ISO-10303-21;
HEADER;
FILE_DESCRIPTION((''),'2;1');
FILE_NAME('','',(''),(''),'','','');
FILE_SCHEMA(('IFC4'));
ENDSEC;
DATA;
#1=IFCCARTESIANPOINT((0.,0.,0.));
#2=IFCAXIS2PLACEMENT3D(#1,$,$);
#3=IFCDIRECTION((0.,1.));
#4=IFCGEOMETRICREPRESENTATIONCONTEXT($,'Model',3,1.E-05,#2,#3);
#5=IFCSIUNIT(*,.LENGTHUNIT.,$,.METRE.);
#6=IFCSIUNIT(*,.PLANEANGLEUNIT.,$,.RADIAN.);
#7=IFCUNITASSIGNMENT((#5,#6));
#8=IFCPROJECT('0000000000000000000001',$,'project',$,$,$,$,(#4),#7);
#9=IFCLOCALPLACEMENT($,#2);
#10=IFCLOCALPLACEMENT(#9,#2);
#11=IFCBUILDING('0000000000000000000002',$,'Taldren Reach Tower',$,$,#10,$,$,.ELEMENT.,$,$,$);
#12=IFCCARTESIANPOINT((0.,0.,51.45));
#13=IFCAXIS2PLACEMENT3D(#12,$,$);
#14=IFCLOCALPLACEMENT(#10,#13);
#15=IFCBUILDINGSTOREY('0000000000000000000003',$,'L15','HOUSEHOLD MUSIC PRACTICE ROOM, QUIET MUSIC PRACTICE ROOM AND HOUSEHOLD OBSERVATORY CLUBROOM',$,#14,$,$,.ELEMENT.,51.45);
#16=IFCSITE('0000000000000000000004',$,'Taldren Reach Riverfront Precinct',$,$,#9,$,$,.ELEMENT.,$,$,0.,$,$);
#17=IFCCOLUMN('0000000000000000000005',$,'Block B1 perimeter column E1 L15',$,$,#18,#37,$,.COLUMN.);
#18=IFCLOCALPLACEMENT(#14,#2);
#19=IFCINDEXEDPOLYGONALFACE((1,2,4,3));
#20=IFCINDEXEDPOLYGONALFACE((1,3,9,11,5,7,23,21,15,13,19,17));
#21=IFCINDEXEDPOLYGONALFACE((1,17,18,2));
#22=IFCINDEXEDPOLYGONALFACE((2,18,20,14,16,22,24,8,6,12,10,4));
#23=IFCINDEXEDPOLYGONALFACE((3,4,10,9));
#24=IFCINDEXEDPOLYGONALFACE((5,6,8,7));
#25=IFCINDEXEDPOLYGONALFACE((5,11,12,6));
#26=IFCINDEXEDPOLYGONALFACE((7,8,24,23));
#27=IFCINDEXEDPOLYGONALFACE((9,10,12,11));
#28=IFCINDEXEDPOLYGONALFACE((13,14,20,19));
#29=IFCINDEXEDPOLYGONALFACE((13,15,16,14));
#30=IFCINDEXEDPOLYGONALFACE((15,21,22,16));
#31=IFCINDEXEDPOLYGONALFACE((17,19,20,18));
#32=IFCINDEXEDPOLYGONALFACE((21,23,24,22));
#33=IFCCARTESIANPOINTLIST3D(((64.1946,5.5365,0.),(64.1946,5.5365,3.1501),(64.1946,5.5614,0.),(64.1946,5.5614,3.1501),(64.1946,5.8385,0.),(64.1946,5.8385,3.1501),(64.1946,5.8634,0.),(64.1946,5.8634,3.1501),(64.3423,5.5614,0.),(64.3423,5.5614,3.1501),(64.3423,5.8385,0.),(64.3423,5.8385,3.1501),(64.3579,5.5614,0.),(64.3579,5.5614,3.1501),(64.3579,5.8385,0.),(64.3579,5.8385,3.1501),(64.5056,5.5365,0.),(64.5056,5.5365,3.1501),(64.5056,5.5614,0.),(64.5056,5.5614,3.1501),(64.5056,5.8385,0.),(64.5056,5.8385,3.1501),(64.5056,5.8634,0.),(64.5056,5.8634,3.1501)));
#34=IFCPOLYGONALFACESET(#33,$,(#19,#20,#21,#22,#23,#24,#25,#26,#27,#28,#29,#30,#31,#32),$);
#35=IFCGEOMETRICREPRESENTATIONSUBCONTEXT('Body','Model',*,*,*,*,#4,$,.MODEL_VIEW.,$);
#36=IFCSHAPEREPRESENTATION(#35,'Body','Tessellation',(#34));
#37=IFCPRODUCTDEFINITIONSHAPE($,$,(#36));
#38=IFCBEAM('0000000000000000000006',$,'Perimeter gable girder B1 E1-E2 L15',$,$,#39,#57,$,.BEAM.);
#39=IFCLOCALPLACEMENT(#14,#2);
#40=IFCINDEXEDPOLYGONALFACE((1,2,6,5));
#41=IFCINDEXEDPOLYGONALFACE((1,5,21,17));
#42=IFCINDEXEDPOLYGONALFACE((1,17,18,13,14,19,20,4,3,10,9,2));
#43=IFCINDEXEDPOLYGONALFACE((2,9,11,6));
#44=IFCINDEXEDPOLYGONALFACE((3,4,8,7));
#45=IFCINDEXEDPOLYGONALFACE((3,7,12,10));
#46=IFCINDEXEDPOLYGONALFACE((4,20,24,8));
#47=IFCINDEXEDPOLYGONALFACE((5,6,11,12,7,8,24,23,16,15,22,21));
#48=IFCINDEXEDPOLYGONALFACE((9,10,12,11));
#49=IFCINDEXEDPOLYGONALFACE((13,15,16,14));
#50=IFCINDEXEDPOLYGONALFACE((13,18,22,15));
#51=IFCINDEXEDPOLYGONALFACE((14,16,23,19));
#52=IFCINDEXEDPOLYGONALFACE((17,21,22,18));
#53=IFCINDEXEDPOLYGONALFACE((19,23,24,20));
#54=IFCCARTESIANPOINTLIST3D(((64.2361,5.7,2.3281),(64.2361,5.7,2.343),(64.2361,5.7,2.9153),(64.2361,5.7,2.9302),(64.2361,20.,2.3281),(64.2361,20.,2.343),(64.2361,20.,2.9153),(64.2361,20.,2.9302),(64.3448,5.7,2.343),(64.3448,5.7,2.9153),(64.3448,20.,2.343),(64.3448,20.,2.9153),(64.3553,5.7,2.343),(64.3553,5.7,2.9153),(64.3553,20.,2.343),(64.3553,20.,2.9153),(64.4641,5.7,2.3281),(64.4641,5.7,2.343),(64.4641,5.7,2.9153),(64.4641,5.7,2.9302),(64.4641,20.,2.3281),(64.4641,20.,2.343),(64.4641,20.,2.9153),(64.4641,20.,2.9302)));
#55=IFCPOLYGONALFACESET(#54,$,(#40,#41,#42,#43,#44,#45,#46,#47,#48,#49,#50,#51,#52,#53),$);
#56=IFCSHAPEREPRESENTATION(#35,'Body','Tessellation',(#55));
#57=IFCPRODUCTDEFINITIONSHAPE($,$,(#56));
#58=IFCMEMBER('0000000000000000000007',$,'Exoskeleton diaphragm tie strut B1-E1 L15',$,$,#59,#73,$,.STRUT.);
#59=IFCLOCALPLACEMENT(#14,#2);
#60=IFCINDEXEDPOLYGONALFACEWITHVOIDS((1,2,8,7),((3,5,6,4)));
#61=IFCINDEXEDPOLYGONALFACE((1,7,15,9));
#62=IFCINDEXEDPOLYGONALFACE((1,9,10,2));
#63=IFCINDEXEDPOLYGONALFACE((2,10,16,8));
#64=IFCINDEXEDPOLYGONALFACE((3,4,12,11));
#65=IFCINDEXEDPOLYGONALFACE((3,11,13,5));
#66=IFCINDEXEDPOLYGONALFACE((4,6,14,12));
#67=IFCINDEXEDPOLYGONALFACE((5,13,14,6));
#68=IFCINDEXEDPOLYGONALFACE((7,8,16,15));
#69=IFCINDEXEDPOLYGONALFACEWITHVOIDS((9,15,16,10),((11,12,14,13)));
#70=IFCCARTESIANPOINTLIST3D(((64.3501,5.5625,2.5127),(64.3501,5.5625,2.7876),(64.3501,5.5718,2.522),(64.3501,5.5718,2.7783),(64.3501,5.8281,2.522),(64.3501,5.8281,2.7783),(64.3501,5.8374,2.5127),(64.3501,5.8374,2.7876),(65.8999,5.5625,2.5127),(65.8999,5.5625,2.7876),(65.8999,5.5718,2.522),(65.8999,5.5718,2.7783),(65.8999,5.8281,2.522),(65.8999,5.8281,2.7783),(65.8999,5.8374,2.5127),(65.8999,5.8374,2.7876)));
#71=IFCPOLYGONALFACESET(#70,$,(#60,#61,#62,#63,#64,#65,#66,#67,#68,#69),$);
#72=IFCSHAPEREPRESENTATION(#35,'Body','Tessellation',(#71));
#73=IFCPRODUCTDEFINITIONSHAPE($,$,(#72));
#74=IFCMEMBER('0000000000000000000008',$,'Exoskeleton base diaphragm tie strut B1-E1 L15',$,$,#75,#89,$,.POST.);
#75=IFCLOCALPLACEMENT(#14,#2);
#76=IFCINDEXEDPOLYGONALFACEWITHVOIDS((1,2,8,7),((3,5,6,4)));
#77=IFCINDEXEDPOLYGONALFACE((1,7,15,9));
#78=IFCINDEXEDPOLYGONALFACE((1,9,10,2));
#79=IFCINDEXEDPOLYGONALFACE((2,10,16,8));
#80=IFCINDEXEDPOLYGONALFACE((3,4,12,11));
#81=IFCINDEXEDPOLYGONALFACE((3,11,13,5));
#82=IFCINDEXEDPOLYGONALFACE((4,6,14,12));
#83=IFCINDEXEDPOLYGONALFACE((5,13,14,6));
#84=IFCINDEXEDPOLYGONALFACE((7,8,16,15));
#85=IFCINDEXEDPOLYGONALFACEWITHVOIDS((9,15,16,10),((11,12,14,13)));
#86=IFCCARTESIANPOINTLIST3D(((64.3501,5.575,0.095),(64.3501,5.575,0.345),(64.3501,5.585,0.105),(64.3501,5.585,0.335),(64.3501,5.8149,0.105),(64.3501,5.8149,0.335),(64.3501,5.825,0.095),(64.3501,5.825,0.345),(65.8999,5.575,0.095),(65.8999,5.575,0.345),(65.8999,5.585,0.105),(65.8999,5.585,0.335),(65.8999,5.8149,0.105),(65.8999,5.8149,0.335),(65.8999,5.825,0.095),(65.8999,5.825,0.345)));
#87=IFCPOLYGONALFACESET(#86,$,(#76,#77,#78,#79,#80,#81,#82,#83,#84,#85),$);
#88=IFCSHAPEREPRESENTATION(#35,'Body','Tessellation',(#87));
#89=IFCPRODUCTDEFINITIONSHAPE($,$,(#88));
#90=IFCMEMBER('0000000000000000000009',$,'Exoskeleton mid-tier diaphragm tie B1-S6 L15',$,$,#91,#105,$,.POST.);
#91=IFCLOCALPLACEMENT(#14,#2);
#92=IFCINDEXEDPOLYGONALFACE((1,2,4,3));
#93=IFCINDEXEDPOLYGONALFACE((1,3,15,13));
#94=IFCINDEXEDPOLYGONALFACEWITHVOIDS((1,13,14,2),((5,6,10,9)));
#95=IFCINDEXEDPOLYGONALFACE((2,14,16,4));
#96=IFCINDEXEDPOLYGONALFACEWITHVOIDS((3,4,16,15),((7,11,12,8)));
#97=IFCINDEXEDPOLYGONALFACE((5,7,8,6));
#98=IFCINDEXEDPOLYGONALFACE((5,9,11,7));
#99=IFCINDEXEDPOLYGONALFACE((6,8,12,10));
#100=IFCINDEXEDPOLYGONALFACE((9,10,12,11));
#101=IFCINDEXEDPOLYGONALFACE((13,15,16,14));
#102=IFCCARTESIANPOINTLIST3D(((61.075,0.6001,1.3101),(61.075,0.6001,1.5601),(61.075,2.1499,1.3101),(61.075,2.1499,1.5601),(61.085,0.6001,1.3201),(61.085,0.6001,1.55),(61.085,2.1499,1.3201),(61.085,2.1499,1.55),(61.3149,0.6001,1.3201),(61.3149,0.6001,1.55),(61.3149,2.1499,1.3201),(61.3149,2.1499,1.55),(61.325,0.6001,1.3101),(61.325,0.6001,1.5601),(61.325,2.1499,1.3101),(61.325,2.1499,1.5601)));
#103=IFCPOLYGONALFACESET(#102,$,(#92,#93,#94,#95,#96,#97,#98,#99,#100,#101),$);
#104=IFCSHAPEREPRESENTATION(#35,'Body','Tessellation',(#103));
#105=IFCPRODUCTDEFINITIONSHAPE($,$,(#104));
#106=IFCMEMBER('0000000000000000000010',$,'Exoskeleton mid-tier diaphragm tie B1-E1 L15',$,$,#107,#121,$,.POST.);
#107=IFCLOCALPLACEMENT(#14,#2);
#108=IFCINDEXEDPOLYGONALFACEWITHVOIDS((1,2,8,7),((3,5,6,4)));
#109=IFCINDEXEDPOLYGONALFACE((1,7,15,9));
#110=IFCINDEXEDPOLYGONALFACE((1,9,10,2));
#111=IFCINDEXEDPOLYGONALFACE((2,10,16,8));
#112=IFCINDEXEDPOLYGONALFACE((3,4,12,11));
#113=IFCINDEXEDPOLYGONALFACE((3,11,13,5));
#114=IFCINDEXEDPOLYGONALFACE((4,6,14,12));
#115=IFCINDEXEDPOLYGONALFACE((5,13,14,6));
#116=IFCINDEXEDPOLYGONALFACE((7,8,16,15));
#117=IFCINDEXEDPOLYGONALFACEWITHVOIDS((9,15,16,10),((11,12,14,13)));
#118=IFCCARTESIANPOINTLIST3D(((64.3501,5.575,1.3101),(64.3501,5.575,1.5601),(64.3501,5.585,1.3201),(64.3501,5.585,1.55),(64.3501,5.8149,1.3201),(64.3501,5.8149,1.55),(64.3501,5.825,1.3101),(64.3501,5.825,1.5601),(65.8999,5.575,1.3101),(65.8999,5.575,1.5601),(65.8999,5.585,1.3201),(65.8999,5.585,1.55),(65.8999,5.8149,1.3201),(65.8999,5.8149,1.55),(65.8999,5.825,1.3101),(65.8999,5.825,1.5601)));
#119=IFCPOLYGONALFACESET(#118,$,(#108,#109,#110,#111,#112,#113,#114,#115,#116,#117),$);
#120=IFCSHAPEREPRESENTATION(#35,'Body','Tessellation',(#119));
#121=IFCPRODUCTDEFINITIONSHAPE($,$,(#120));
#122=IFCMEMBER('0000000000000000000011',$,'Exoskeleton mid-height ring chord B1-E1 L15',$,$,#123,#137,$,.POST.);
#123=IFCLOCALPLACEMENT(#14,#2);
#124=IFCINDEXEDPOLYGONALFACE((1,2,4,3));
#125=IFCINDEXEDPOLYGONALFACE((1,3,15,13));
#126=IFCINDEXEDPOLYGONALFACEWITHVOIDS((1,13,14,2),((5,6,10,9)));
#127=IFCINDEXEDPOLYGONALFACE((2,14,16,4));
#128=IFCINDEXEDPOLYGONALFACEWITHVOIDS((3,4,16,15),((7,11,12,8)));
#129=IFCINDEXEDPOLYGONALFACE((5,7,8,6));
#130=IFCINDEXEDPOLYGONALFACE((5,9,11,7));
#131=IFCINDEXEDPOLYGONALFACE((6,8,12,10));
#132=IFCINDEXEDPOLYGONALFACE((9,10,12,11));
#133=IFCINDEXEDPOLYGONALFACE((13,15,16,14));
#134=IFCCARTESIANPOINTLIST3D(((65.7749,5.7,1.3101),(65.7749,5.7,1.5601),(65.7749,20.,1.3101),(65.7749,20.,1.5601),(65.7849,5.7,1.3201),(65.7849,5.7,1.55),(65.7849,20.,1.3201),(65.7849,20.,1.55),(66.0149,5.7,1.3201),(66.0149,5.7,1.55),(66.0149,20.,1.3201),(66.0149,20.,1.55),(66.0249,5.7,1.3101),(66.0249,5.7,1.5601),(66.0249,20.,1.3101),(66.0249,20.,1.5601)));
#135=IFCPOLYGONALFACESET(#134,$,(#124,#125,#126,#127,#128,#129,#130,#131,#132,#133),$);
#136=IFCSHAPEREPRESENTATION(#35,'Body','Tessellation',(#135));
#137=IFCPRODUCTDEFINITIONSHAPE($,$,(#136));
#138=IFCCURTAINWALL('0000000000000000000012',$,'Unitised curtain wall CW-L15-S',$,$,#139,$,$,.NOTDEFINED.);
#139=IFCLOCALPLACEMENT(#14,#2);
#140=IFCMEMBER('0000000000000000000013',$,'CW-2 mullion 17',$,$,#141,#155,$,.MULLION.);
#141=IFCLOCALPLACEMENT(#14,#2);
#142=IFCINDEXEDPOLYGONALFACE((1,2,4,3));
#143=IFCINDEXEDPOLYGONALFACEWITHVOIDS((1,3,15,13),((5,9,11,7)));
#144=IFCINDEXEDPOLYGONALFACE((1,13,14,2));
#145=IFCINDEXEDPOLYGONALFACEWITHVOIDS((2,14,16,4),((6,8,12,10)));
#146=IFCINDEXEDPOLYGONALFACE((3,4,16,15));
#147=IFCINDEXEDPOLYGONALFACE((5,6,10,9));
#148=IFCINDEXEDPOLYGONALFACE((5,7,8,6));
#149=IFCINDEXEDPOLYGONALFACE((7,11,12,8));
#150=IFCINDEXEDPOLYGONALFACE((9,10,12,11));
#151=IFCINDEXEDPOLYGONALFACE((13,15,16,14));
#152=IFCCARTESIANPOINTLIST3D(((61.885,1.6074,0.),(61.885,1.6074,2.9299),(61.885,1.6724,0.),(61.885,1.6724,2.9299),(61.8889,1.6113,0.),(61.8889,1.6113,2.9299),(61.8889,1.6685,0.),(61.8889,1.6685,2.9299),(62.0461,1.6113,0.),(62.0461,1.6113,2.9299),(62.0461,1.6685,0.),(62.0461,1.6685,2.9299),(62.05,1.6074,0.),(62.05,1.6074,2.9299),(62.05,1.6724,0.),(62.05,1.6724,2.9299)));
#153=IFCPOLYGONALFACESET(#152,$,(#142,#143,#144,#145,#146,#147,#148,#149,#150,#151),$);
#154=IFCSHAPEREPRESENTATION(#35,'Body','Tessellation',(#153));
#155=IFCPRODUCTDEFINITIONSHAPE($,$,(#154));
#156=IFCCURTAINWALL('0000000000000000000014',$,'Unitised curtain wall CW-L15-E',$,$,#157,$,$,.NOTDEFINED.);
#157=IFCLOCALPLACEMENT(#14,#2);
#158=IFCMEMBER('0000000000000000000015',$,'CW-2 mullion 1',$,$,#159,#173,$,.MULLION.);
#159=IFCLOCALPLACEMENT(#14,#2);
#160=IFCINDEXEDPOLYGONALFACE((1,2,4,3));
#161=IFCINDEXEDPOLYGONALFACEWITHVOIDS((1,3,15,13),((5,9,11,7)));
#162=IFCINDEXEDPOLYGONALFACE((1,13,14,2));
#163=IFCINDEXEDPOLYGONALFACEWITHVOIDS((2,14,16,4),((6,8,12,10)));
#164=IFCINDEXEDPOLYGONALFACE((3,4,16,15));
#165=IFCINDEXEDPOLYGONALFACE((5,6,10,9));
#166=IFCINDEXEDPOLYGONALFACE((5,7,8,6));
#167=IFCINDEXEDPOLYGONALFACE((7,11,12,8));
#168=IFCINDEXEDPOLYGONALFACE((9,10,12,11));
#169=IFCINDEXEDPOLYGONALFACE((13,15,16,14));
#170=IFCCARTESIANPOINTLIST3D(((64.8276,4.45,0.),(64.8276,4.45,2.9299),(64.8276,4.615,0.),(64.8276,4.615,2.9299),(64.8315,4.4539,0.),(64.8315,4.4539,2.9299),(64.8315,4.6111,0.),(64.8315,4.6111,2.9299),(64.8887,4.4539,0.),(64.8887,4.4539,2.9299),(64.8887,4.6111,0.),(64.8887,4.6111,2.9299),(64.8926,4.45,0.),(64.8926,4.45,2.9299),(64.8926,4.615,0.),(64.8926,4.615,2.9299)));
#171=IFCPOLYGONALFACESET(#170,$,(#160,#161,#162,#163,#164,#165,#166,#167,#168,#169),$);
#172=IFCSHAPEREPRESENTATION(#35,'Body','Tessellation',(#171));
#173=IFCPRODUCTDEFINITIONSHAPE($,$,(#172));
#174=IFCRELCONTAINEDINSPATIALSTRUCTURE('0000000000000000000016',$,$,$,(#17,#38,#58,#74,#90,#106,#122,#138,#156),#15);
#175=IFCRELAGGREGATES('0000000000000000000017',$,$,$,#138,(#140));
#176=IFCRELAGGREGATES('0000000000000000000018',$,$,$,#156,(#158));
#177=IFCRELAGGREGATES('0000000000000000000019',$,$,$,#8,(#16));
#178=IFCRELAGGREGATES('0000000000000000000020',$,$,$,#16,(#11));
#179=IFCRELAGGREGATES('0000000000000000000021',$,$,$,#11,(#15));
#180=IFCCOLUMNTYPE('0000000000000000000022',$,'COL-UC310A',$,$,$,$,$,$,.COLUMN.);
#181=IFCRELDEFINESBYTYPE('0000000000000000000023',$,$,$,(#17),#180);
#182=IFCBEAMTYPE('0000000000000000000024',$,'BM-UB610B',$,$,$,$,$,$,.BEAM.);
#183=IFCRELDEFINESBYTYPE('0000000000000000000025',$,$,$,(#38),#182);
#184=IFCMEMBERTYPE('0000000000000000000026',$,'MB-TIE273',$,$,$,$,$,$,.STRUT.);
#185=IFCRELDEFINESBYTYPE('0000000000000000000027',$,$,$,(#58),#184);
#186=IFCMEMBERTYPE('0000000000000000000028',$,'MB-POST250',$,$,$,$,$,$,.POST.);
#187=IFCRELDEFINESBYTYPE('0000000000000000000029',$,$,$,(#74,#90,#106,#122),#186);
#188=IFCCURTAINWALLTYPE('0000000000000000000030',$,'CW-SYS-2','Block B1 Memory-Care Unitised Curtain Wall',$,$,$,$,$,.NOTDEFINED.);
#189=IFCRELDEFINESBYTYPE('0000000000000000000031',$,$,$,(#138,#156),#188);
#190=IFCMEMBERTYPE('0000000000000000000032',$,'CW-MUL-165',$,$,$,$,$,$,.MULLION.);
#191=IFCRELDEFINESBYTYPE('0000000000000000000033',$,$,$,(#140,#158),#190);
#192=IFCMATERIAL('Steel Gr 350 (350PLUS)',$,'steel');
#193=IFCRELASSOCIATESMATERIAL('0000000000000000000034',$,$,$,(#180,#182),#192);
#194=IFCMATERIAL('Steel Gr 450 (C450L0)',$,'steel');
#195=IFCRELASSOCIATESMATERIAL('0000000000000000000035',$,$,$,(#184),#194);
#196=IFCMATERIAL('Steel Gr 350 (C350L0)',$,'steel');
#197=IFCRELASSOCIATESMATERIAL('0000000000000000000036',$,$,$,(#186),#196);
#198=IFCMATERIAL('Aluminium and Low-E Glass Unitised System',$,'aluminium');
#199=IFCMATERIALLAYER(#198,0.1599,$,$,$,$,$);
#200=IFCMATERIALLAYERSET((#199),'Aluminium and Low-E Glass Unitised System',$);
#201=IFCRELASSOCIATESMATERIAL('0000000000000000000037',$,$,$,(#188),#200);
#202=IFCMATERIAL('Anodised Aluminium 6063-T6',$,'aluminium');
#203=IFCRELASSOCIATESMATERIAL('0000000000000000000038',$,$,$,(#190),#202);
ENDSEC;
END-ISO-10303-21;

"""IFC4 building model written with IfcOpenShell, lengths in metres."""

from ifc_helpers import new_model, si_unit, direction, frame, origin, origin_2d, place, context, subcontext, project, spatial, hollow_rectangle, i_section, extrude, source, transform, mapped, material, layer, layer_set, material_profile, profile_set, type_object, element, aggregate, save


model = new_model("IFC4")

# Units and contexts
model_context = context("Model", 3, precision=1e-05, world=origin(), true_north=direction((0.0, 1.0)))
body_context = subcontext(model_context, "Body", "Model", "MODEL_VIEW")
ifc_project = project(units=[si_unit("LENGTHUNIT", "METRE"), si_unit("PLANEANGLEUNIT", "RADIAN")], contexts=[model_context])

# Site, building, storey
site_placement = place(None, origin())
site = spatial("IfcSite", under=ifc_project, at=site_placement, Name="Taldren Reach Riverfront Precinct", CompositionType="ELEMENT", RefElevation=0.0)
building_placement = place(site_placement, origin())
building = spatial("IfcBuilding", under=site, at=building_placement, Name="Taldren Reach Tower", CompositionType="ELEMENT")
storey_placement = place(building_placement, frame((0.0, 0.0, 51.45)))
storey = spatial("IfcBuildingStorey", under=building, at=storey_placement, Name="L15", Description="HOUSEHOLD MUSIC PRACTICE ROOM, QUIET MUSIC PRACTICE ROOM AND HOUSEHOLD OBSERVATORY CLUBROOM", CompositionType="ELEMENT", Elevation=51.45)

# Column
ifc_material_1 = material(Name="Steel Gr 350 (350PLUS)", Category="steel")
ifc_material_profile_1 = material_profile(ifc_material_1, i_section(OverallWidth=0.311, OverallDepth=0.3269, WebThickness=0.0156, FlangeThickness=0.0249, at=origin_2d()), Name="310UC158")
ifc_profile_set_1 = profile_set([ifc_material_profile_1], Name="Steel Gr 350 (350PLUS)")
column_type = type_object("IfcColumnType", Name="COL-UC310A", PredefinedType="COLUMN", material=ifc_profile_set_1)
shared_shape_1 = source(origin(), body_context, "Body", "SweptSolid", [
    extrude(i_section(OverallWidth=0.311, OverallDepth=0.3269, WebThickness=0.0156, FlangeThickness=0.0249, at=origin_2d()), origin(), (0.0, 0.0, 1.0), 3.1501),
])
column_placement = place(storey_placement, frame((64.3501, 5.7, 0.0), z_axis=(0.0, 0.0, 1.0), x_axis=(1.0, 0.0, 0.0)))
element("IfcColumn", 1, at=column_placement, inside=storey, type_object=column_type, Name="Block B1 perimeter column E1 L15", PredefinedType="COLUMN", context=body_context, shape_type="MappedRepresentation", body=[
    mapped(shared_shape_1, transform((0.0, 0.0, 0.0), scale=1.0)),
])

# Beam
ifc_material_profile_2 = material_profile(ifc_material_1, i_section(OverallWidth=0.228, OverallDepth=0.6021, WebThickness=0.0105, FlangeThickness=0.0149, at=origin_2d()), Name="610UB101")
ifc_profile_set_2 = profile_set([ifc_material_profile_2], Name="Steel Gr 350 (350PLUS)")
beam_type = type_object("IfcBeamType", Name="BM-UB610B", PredefinedType="BEAM", material=ifc_profile_set_2)
shared_shape_2 = source(origin(), body_context, "Body", "SweptSolid", [
    extrude(i_section(OverallWidth=0.228, OverallDepth=0.6021, WebThickness=0.0105, FlangeThickness=0.0149, at=origin_2d()), origin(), (0.0, 0.0, 1.0), 14.3),
])
beam_placement = place(storey_placement, frame((64.3501, 5.7, 2.6292), z_axis=(0.0, 1.0, 0.0), x_axis=(-1.0, 0.0, 0.0)))
element("IfcBeam", 2, at=beam_placement, inside=storey, type_object=beam_type, Name="Perimeter gable girder B1 E1-E2 L15", PredefinedType="BEAM", context=body_context, shape_type="MappedRepresentation", body=[
    mapped(shared_shape_2, transform((0.0, 0.0, 0.0), scale=1.0)),
])

# Members
ifc_material_2 = material(Name="Steel Gr 450 (C450L0)", Category="steel")
ifc_material_profile_3 = material_profile(ifc_material_2, hollow_rectangle(XDim=0.2749, YDim=0.2749, WallThickness=0.0093, at=origin_2d()), Name="275x275x9.3SHS")
ifc_profile_set_3 = profile_set([ifc_material_profile_3], Name="Steel Gr 450 (C450L0)")
member_type_1 = type_object("IfcMemberType", Name="MB-TIE273", PredefinedType="STRUT", material=ifc_profile_set_3)
shared_shape_3 = source(origin(), body_context, "Body", "SweptSolid", [
    extrude(hollow_rectangle(XDim=0.2749, YDim=0.2749, WallThickness=0.0093, at=origin_2d()), origin(), (0.0, 0.0, 1.0), 1.5498),
])
member_1_placement = place(storey_placement, frame((64.3501, 5.7, 2.6501), z_axis=(1.0, 0.0, 0.0), x_axis=(0.0, 1.0, 0.0)))
element("IfcMember", 3, at=member_1_placement, inside=storey, type_object=member_type_1, Name="Exoskeleton diaphragm tie strut B1-E1 L15", PredefinedType="STRUT", context=body_context, shape_type="MappedRepresentation", body=[
    mapped(shared_shape_3, transform((0.0, 0.0, 0.0), scale=1.0)),
])
ifc_material_3 = material(Name="Steel Gr 350 (C350L0)", Category="steel")
ifc_material_profile_4 = material_profile(ifc_material_3, hollow_rectangle(XDim=0.25, YDim=0.25, WallThickness=0.01, at=origin_2d()), Name="250x250x10.0SHS")
ifc_profile_set_4 = profile_set([ifc_material_profile_4], Name="Steel Gr 350 (C350L0)")
member_type_2 = type_object("IfcMemberType", Name="MB-POST250", PredefinedType="POST", material=ifc_profile_set_4)
shared_shape_4 = source(origin(), body_context, "Body", "SweptSolid", [
    extrude(hollow_rectangle(XDim=0.25, YDim=0.25, WallThickness=0.01, at=origin_2d()), origin(), (0.0, 0.0, 1.0), 1.5498),
])
for number, where, z_axis, x_axis, name in (
    (4, (64.3501, 5.7, 0.22), (1.0, 0.0, 0.0), (0.0, 1.0, 0.0), "Exoskeleton base diaphragm tie strut B1-E1 L15"),
    (5, (61.2, 2.1499, 1.4351), (0.0, -1.0, 0.0), (1.0, 0.0, 0.0), "Exoskeleton mid-tier diaphragm tie B1-S6 L15"),
    (6, (64.3501, 5.7, 1.4351), (1.0, 0.0, 0.0), (0.0, 1.0, 0.0), "Exoskeleton mid-tier diaphragm tie B1-E1 L15"),
):
    element("IfcMember", number, at=place(storey_placement, frame(where, z_axis=z_axis, x_axis=x_axis)), inside=storey, type_object=member_type_2, Name=name, PredefinedType="POST", context=body_context, shape_type="MappedRepresentation", body=[
        mapped(shared_shape_4, transform((0.0, 0.0, 0.0), scale=1.0)),
    ])
shared_shape_5 = source(origin(), body_context, "Body", "SweptSolid", [
    extrude(hollow_rectangle(XDim=0.25, YDim=0.25, WallThickness=0.01, at=origin_2d()), origin(), (0.0, 0.0, 1.0), 14.3),
])
member_2_placement = place(storey_placement, frame((65.8999, 5.7, 1.4351), z_axis=(0.0, 1.0, 0.0), x_axis=(-1.0, 0.0, 0.0)))
element("IfcMember", 7, at=member_2_placement, inside=storey, type_object=member_type_2, Name="Exoskeleton mid-height ring chord B1-E1 L15", PredefinedType="POST", context=body_context, shape_type="MappedRepresentation", body=[
    mapped(shared_shape_5, transform((0.0, 0.0, 0.0), scale=1.0)),
])

# Curtain wall, member
ifc_material_4 = material(Name="Aluminium and Low-E Glass Unitised System", Category="aluminium")
ifc_layer_1 = layer(ifc_material_4, 0.1599)
ifc_layer_set_1 = layer_set([ifc_layer_1], Name="Aluminium and Low-E Glass Unitised System")
curtain_wall_type = type_object("IfcCurtainWallType", Name="CW-SYS-2", Description="Block B1 Memory-Care Unitised Curtain Wall", PredefinedType="NOTDEFINED", material=ifc_layer_set_1)
curtain_wall_1_placement = place(storey_placement, origin())
curtain_wall_1 = element("IfcCurtainWall", 8, at=curtain_wall_1_placement, inside=storey, type_object=curtain_wall_type, Name="Unitised curtain wall CW-L15-S", PredefinedType="NOTDEFINED")
ifc_material_5 = material(Name="Anodised Aluminium 6063-T6", Category="aluminium")
ifc_material_profile_5 = material_profile(ifc_material_5, hollow_rectangle(XDim=0.0649, YDim=0.165, WallThickness=0.0039, at=origin_2d()), Name="ALU-165x65x4RHS")
ifc_profile_set_5 = profile_set([ifc_material_profile_5], Name="Anodised Aluminium 6063-T6")
member_type_3 = type_object("IfcMemberType", Name="CW-MUL-165", PredefinedType="MULLION", material=ifc_profile_set_5)
shared_shape_6 = source(origin(), body_context, "Body", "SweptSolid", [
    extrude(hollow_rectangle(XDim=0.0649, YDim=0.165, WallThickness=0.0039, at=origin_2d()), origin(), (0.0, 0.0, 1.0), 2.9299),
])
member_3_placement = place(storey_placement, frame((61.9675, 1.6399, 0.0), z_axis=(0.0, 0.0, 1.0), x_axis=(0.0, 1.0, 0.0)))
member_3 = element("IfcMember", 9, at=member_3_placement, type_object=member_type_3, Name="CW-2 mullion 17", PredefinedType="MULLION", context=body_context, shape_type="MappedRepresentation", body=[
    mapped(shared_shape_6, transform((0.0, 0.0, 0.0), scale=1.0)),
])
aggregate(curtain_wall_1, [member_3])

# Curtain wall, member
curtain_wall_2_placement = place(storey_placement, origin())
curtain_wall_2 = element("IfcCurtainWall", 10, at=curtain_wall_2_placement, inside=storey, type_object=curtain_wall_type, Name="Unitised curtain wall CW-L15-E", PredefinedType="NOTDEFINED")
member_4_placement = place(storey_placement, frame((64.8601, 4.5325, 0.0), z_axis=(0.0, 0.0, 1.0), x_axis=(-1.0, 0.0, 0.0)))
member_4 = element("IfcMember", 11, at=member_4_placement, type_object=member_type_3, Name="CW-2 mullion 1", PredefinedType="MULLION", context=body_context, shape_type="MappedRepresentation", body=[
    mapped(shared_shape_6, transform((0.0, 0.0, 0.0), scale=1.0)),
])

aggregate(curtain_wall_2, [member_4])

save(model, "model.ifc")
